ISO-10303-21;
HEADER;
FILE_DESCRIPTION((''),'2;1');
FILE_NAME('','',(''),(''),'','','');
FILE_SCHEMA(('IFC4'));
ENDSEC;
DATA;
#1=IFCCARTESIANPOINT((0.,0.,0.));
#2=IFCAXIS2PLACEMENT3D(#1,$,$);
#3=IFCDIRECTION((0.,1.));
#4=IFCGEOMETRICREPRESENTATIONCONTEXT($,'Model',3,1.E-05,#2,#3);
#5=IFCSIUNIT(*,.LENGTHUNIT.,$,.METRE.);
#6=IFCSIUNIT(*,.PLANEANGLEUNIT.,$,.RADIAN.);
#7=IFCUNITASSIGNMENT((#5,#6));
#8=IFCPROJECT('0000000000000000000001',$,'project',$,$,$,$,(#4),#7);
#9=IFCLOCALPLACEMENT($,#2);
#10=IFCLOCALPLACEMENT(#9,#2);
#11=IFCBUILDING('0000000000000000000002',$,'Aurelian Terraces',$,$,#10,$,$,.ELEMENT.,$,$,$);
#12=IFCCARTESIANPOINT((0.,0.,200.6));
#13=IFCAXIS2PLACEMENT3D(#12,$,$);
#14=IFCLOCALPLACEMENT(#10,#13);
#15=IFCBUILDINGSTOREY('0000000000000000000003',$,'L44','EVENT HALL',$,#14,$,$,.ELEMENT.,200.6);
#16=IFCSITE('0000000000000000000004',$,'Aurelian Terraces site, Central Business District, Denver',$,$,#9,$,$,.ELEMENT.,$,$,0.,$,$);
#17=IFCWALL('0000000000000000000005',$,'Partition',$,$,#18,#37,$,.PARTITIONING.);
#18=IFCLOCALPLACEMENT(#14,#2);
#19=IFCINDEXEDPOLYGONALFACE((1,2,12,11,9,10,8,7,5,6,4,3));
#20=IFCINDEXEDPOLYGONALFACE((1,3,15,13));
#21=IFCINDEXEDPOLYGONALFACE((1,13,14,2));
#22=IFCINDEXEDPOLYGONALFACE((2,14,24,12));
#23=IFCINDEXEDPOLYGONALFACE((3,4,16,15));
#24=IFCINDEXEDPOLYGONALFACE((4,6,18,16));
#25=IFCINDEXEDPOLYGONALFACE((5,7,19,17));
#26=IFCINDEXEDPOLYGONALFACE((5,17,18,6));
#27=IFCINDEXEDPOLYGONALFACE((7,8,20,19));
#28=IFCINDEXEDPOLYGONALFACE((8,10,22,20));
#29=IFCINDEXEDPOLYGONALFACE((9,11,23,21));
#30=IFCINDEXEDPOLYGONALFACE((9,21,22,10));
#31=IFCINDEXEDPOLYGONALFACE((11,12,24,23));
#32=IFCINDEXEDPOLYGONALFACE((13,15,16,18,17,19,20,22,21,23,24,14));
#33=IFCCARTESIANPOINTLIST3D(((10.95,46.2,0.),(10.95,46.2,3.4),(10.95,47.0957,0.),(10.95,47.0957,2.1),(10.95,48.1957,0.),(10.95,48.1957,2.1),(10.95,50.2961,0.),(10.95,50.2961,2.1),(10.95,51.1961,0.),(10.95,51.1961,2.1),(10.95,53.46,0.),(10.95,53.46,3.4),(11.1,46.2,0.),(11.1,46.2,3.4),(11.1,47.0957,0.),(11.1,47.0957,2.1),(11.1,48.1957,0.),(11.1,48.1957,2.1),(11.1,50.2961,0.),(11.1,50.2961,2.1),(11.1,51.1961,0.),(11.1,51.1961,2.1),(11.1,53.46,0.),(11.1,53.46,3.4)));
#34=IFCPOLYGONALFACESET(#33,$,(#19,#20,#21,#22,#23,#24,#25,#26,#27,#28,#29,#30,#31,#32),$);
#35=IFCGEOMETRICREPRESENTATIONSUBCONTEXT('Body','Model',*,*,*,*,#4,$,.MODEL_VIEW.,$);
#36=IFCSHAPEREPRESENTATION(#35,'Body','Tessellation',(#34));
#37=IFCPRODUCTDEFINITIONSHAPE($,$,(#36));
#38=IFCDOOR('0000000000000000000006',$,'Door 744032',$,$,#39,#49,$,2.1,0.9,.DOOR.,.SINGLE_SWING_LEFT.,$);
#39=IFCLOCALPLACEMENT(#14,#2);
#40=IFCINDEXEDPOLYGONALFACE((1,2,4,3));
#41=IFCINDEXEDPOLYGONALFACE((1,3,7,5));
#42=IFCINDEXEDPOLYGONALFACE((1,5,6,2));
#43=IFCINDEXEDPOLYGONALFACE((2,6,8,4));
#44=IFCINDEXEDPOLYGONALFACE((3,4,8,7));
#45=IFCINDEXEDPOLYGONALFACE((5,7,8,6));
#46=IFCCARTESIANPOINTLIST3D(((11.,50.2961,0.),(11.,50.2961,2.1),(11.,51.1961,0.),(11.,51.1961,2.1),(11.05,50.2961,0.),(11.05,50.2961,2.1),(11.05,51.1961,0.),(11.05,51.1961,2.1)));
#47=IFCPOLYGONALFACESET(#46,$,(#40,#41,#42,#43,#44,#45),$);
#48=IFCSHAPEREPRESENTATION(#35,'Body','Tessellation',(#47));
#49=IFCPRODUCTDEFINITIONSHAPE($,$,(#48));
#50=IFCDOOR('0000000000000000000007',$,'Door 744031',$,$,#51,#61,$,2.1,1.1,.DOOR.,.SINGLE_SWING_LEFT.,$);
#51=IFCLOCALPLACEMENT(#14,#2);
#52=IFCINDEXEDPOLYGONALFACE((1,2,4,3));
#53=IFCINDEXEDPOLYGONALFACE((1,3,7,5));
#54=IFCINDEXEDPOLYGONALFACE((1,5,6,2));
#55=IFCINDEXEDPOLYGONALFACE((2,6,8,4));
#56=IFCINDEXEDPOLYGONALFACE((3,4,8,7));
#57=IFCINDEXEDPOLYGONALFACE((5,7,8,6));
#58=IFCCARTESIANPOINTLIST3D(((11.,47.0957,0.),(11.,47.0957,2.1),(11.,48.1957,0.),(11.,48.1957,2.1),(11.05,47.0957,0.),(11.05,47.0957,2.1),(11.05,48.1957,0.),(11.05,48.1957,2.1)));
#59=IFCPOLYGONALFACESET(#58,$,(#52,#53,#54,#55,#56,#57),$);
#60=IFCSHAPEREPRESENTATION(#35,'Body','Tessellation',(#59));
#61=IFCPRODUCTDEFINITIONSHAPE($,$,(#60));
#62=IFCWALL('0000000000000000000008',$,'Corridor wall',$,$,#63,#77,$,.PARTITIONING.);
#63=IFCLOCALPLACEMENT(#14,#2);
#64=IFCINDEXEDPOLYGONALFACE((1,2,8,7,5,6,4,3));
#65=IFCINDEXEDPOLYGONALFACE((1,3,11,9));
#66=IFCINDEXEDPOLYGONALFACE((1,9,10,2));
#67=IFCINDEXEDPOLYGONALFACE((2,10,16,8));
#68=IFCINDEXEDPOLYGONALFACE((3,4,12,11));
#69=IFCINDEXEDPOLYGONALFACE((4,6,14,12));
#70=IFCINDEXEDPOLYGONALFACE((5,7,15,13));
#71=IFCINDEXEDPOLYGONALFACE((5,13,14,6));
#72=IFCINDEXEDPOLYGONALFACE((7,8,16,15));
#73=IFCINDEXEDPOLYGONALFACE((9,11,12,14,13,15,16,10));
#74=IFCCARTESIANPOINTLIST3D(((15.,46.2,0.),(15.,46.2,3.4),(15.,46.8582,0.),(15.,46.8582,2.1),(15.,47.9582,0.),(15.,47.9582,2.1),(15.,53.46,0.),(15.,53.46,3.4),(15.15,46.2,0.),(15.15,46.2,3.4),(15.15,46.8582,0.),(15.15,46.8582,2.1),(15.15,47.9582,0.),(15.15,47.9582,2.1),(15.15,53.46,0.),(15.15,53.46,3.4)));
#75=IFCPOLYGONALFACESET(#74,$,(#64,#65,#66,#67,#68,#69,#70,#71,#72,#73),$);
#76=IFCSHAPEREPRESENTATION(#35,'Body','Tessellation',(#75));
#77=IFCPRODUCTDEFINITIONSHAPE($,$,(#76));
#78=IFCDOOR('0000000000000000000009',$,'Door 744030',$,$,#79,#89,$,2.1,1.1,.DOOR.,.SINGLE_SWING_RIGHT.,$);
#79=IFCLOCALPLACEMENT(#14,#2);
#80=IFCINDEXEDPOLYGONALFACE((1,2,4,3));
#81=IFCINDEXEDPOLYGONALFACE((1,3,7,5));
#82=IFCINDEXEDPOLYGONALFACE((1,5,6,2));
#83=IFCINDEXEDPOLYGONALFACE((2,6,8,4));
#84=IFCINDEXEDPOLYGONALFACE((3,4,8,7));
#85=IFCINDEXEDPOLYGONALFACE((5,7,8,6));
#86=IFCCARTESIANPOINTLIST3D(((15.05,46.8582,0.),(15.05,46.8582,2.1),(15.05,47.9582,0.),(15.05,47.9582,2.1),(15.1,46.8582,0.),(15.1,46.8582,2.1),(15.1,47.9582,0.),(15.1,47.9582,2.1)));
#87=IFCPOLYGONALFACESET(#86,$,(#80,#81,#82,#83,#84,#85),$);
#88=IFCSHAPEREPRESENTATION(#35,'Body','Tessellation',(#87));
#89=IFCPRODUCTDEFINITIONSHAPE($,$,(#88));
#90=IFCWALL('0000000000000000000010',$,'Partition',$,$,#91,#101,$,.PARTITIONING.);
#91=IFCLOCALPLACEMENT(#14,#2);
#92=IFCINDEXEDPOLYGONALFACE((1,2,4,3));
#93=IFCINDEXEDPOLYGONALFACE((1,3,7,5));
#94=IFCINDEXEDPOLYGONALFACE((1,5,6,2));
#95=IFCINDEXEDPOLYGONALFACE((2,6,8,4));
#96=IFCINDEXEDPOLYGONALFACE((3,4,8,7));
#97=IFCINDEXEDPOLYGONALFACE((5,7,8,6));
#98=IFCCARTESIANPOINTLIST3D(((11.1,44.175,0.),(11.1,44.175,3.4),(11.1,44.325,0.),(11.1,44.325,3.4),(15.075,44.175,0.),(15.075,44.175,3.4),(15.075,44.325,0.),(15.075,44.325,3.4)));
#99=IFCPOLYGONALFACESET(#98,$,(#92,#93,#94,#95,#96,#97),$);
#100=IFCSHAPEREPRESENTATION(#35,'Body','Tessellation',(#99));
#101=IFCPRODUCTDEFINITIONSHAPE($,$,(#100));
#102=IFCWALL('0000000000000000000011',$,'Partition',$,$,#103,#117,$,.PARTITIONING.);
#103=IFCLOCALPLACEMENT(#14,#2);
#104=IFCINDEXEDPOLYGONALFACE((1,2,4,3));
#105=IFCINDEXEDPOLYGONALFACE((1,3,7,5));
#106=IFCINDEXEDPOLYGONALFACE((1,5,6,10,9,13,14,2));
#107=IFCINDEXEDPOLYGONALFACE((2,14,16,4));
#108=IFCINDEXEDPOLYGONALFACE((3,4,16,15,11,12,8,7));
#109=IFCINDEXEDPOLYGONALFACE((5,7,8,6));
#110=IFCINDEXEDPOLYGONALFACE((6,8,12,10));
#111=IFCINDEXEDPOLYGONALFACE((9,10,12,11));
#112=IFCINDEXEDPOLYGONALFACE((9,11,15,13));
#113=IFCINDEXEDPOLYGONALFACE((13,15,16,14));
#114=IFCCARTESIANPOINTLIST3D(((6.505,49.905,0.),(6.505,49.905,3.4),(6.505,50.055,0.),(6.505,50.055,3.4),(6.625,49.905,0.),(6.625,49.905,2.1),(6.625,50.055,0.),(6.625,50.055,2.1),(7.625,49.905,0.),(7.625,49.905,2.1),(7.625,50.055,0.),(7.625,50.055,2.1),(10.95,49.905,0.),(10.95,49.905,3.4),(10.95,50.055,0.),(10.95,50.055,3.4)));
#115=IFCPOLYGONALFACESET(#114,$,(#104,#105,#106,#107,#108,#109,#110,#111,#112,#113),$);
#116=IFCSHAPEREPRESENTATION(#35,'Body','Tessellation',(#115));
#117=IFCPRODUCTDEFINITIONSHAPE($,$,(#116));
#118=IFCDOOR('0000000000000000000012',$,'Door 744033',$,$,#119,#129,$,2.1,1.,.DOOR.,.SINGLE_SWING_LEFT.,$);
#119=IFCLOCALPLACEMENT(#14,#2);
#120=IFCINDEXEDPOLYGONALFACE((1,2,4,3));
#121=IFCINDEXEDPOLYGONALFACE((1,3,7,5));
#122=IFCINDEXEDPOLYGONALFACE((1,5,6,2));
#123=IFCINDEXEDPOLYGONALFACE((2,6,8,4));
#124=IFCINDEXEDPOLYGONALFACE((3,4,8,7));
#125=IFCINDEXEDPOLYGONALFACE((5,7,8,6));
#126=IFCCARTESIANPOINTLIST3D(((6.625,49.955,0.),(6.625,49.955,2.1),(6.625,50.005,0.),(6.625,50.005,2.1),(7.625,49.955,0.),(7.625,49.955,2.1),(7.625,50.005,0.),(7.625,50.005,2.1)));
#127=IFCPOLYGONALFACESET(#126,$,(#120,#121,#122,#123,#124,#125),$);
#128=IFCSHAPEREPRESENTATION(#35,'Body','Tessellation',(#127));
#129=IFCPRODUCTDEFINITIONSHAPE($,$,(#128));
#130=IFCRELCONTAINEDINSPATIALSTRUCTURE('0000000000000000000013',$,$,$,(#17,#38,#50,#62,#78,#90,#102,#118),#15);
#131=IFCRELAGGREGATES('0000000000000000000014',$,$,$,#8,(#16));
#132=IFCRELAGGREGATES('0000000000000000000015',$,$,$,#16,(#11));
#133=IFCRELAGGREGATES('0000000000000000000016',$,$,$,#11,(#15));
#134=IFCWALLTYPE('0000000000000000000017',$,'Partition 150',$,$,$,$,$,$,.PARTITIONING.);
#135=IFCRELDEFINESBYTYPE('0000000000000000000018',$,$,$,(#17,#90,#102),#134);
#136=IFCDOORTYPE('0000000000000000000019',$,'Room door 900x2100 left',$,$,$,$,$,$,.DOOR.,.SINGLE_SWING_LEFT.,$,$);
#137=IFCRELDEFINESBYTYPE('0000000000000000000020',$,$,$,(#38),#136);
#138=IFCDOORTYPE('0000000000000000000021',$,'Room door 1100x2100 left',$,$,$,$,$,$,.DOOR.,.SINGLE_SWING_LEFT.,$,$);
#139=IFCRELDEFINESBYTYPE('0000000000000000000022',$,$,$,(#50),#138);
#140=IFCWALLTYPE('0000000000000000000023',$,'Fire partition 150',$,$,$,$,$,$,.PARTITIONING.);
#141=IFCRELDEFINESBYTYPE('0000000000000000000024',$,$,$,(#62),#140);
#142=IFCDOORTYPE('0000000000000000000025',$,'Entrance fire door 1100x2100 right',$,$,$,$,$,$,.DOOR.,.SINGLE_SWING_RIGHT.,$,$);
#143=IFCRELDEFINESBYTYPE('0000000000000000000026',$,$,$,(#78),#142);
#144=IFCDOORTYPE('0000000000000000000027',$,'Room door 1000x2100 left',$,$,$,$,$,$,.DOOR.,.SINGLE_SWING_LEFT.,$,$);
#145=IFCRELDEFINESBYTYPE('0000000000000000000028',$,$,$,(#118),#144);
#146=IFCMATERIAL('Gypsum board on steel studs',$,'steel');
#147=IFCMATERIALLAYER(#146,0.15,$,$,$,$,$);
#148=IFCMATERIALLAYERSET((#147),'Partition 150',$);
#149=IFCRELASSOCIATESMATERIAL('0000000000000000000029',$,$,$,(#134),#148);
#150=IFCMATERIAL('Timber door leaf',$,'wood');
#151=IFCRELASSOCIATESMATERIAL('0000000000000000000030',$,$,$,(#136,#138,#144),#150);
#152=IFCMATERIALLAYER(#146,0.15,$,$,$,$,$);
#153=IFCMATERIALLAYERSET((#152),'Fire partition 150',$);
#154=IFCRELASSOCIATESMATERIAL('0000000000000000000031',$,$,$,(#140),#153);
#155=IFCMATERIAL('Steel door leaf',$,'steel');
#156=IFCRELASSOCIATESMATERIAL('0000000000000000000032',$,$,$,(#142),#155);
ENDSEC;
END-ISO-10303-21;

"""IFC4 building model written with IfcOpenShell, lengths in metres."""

from ifc_helpers import new_model, si_unit, direction, frame, frame_2d, origin, place, context, subcontext, project, spatial, rectangle, extrude, source, transform, mapped, material, layer, layer_set, type_object, element, fill, save


model = new_model("IFC4")

# Units and contexts
model_context = context("Model", 3, precision=1e-05, world=origin(), true_north=direction((0.0, 1.0)))
body_context = subcontext(model_context, "Body", "Model", "MODEL_VIEW")
ifc_project = project(units=[si_unit("LENGTHUNIT", "METRE"), si_unit("PLANEANGLEUNIT", "RADIAN")], contexts=[model_context])

# Site, building, storey
site_placement = place(None, origin())
site = spatial("IfcSite", under=ifc_project, at=site_placement, Name="Aurelian Terraces site, Central Business District, Denver", CompositionType="ELEMENT", RefElevation=0.0)
building_placement = place(site_placement, origin())
building = spatial("IfcBuilding", under=site, at=building_placement, Name="Aurelian Terraces", CompositionType="ELEMENT")
storey_placement = place(building_placement, frame((0.0, 0.0, 200.6)))
storey = spatial("IfcBuildingStorey", under=building, at=storey_placement, Name="L44", Description="EVENT HALL", CompositionType="ELEMENT", Elevation=200.6)

# Shared definitions
ifc_material_1 = material(Name="Gypsum board on steel studs", Category="steel")
ifc_layer_1 = layer(ifc_material_1, 0.15)
ifc_layer_set_1 = layer_set([ifc_layer_1], Name="Partition 150")
wall_type_1 = type_object("IfcWallType", Name="Partition 150", PredefinedType="PARTITIONING", material=ifc_layer_set_1)

# Shared definitions
shared_shape_1 = source(origin(), body_context, "Body", "SweptSolid", [
    extrude(rectangle(XDim=0.9, YDim=2.1, at=frame_2d((0.45, 1.05))), frame((0.0, 0.085, 0.0), z_axis=(0.0, -1.0, 0.0), x_axis=(1.0, 0.0, 0.0)), (0.0, 0.0, 1.0), 0.17),
])
ifc_material_2 = material(Name="Timber door leaf", Category="wood")
door_type_1 = type_object("IfcDoorType", Name="Room door 900x2100 left", OperationType="SINGLE_SWING_LEFT", PredefinedType="DOOR", material=ifc_material_2)
shared_shape_2 = source(origin(), body_context, "Body", "SweptSolid", [
    extrude(rectangle(XDim=0.9, YDim=2.1, at=frame_2d((0.45, 1.05))), frame((0.0, 0.025, 0.0), z_axis=(0.0, -1.0, 0.0), x_axis=(1.0, 0.0, 0.0)), (0.0, 0.0, 1.0), 0.05),
])
ifc_material_3 = material(Name="Steel door leaf", Category="steel")

# Shared definitions
ifc_layer_2 = layer(ifc_material_1, 0.15)
ifc_layer_set_2 = layer_set([ifc_layer_2], Name="Fire partition 150")
wall_type_2 = type_object("IfcWallType", Name="Fire partition 150", PredefinedType="PARTITIONING", material=ifc_layer_set_2)

# Wall, openings, doors
shared_shape_3 = source(origin(), body_context, "Body", "SweptSolid", [
    extrude(rectangle(XDim=7.26, YDim=0.15, at=frame_2d((3.63, 0.0))), origin(), (0.0, 0.0, 1.0), 3.4),
])
wall_1_placement = place(storey_placement, frame((11.025, 46.2, 0.0), z_axis=(0.0, 0.0, 1.0), x_axis=(0.0, 1.0, 0.0)))
wall_1 = element("IfcWall", 1, at=wall_1_placement, inside=storey, type_object=wall_type_1, Name="Partition", PredefinedType="PARTITIONING", context=body_context, shape_type="MappedRepresentation", body=[
    mapped(shared_shape_3, transform((0.0, 0.0, 0.0), scale=1.0)),
])
shared_shape_4 = source(origin(), body_context, "Body", "SweptSolid", [
    extrude(rectangle(XDim=1.1, YDim=2.1, at=frame_2d((0.55, 1.05))), frame((0.0, 0.085, 0.0), z_axis=(0.0, -1.0, 0.0), x_axis=(1.0, 0.0, 0.0)), (0.0, 0.0, 1.0), 0.17),
])
opening_1_placement = place(wall_1_placement, frame((0.8957, 0.0, 0.0)))
opening_1 = element("IfcOpeningElement", 2, at=opening_1_placement, cuts=wall_1, PredefinedType="OPENING", context=body_context, shape_type="MappedRepresentation", body=[
    mapped(shared_shape_4, transform((0.0, 0.0, 0.0), scale=1.0)),
])
opening_2_placement = place(wall_1_placement, frame((4.0961, 0.0, 0.0)))
opening_2 = element("IfcOpeningElement", 3, at=opening_2_placement, cuts=wall_1, PredefinedType="OPENING", context=body_context, shape_type="MappedRepresentation", body=[
    mapped(shared_shape_1, transform((0.0, 0.0, 0.0), scale=1.0)),
])
door_1_placement = place(opening_2_placement, origin())
door_1 = element("IfcDoor", 4, at=door_1_placement, inside=storey, type_object=door_type_1, Name="Door 744032", OperationType="SINGLE_SWING_LEFT", OverallHeight=2.1, OverallWidth=0.9, PredefinedType="DOOR", context=body_context, shape_type="MappedRepresentation", body=[
    mapped(shared_shape_2, transform((0.0, 0.0, 0.0), scale=1.0)),
])
fill(opening_2, door_1)
door_type_2 = type_object("IfcDoorType", Name="Room door 1100x2100 left", OperationType="SINGLE_SWING_LEFT", PredefinedType="DOOR", material=ifc_material_2)
shared_shape_5 = source(origin(), body_context, "Body", "SweptSolid", [
    extrude(rectangle(XDim=1.1, YDim=2.1, at=frame_2d((0.55, 1.05))), frame((0.0, 0.025, 0.0), z_axis=(0.0, -1.0, 0.0), x_axis=(1.0, 0.0, 0.0)), (0.0, 0.0, 1.0), 0.05),
])
door_2_placement = place(opening_1_placement, origin())
door_2 = element("IfcDoor", 5, at=door_2_placement, inside=storey, type_object=door_type_2, Name="Door 744031", OperationType="SINGLE_SWING_LEFT", OverallHeight=2.1, OverallWidth=1.1, PredefinedType="DOOR", context=body_context, shape_type="MappedRepresentation", body=[
    mapped(shared_shape_5, transform((0.0, 0.0, 0.0), scale=1.0)),
])
fill(opening_1, door_2)

# Wall, opening, door
wall_2_placement = place(storey_placement, frame((15.075, 46.2, 0.0), z_axis=(0.0, 0.0, 1.0), x_axis=(0.0, 1.0, 0.0)))
wall_2 = element("IfcWall", 6, at=wall_2_placement, inside=storey, type_object=wall_type_2, Name="Corridor wall", PredefinedType="PARTITIONING", context=body_context, shape_type="MappedRepresentation", body=[
    mapped(shared_shape_3, transform((0.0, 0.0, 0.0), scale=1.0)),
])
opening_3_placement = place(wall_2_placement, frame((0.6582, 0.0, 0.0)))
opening_3 = element("IfcOpeningElement", 7, at=opening_3_placement, cuts=wall_2, PredefinedType="OPENING", context=body_context, shape_type="MappedRepresentation", body=[
    mapped(shared_shape_4, transform((0.0, 0.0, 0.0), scale=1.0)),
])
door_type_3 = type_object("IfcDoorType", Name="Entrance fire door 1100x2100 right", OperationType="SINGLE_SWING_RIGHT", PredefinedType="DOOR", material=ifc_material_3)
door_3_placement = place(opening_3_placement, origin())
door_3 = element("IfcDoor", 8, at=door_3_placement, inside=storey, type_object=door_type_3, Name="Door 744030", OperationType="SINGLE_SWING_RIGHT", OverallHeight=2.1, OverallWidth=1.1, PredefinedType="DOOR", context=body_context, shape_type="MappedRepresentation", body=[
    mapped(shared_shape_5, transform((0.0, 0.0, 0.0), scale=1.0)),
])
fill(opening_3, door_3)

# Wall
shared_shape_6 = source(origin(), body_context, "Body", "SweptSolid", [
    extrude(rectangle(XDim=3.975, YDim=0.15, at=frame_2d((1.9875, 0.0))), origin(), (0.0, 0.0, 1.0), 3.4),
])
wall_3_placement = place(storey_placement, frame((15.075, 44.25, 0.0), z_axis=(0.0, 0.0, 1.0), x_axis=(-1.0, 0.0, 0.0)))
element("IfcWall", 9, at=wall_3_placement, inside=storey, type_object=wall_type_1, Name="Partition", PredefinedType="PARTITIONING", context=body_context, shape_type="MappedRepresentation", body=[
    mapped(shared_shape_6, transform((0.0, 0.0, 0.0), scale=1.0)),
])

# Wall, opening, door
shared_shape_7 = source(origin(), body_context, "Body", "SweptSolid", [
    extrude(rectangle(XDim=4.445, YDim=0.15, at=frame_2d((2.2225, 0.0))), origin(), (0.0, 0.0, 1.0), 3.4),
])
wall_4_placement = place(storey_placement, frame((10.95, 49.98, 0.0), z_axis=(0.0, 0.0, 1.0), x_axis=(-1.0, 0.0, 0.0)))
wall_4 = element("IfcWall", 10, at=wall_4_placement, inside=storey, type_object=wall_type_1, Name="Partition", PredefinedType="PARTITIONING", context=body_context, shape_type="MappedRepresentation", body=[
    mapped(shared_shape_7, transform((0.0, 0.0, 0.0), scale=1.0)),
])
shared_shape_8 = source(origin(), body_context, "Body", "SweptSolid", [
    extrude(rectangle(XDim=1.0, YDim=2.1, at=frame_2d((0.5, 1.05))), frame((0.0, 0.085, 0.0), z_axis=(0.0, -1.0, 0.0), x_axis=(1.0, 0.0, 0.0)), (0.0, 0.0, 1.0), 0.17),
])
opening_4_placement = place(wall_4_placement, frame((3.325, 0.0, 0.0)))
opening_4 = element("IfcOpeningElement", 11, at=opening_4_placement, cuts=wall_4, PredefinedType="OPENING", context=body_context, shape_type="MappedRepresentation", body=[
    mapped(shared_shape_8, transform((0.0, 0.0, 0.0), scale=1.0)),
])
door_type_4 = type_object("IfcDoorType", Name="Room door 1000x2100 left", OperationType="SINGLE_SWING_LEFT", PredefinedType="DOOR", material=ifc_material_2)
shared_shape_9 = source(origin(), body_context, "Body", "SweptSolid", [
    extrude(rectangle(XDim=1.0, YDim=2.1, at=frame_2d((0.5, 1.05))), frame((0.0, 0.025, 0.0), z_axis=(0.0, -1.0, 0.0), x_axis=(1.0, 0.0, 0.0)), (0.0, 0.0, 1.0), 0.05),
])
door_4_placement = place(opening_4_placement, origin())
door_4 = element("IfcDoor", 12, at=door_4_placement, inside=storey, type_object=door_type_4, Name="Door 744033", OperationType="SINGLE_SWING_LEFT", OverallHeight=2.1, OverallWidth=1.0, PredefinedType="DOOR", context=body_context, shape_type="MappedRepresentation", body=[
    mapped(shared_shape_9, transform((0.0, 0.0, 0.0), scale=1.0)),
])
fill(opening_4, door_4)

save(model, "model.ifc")
